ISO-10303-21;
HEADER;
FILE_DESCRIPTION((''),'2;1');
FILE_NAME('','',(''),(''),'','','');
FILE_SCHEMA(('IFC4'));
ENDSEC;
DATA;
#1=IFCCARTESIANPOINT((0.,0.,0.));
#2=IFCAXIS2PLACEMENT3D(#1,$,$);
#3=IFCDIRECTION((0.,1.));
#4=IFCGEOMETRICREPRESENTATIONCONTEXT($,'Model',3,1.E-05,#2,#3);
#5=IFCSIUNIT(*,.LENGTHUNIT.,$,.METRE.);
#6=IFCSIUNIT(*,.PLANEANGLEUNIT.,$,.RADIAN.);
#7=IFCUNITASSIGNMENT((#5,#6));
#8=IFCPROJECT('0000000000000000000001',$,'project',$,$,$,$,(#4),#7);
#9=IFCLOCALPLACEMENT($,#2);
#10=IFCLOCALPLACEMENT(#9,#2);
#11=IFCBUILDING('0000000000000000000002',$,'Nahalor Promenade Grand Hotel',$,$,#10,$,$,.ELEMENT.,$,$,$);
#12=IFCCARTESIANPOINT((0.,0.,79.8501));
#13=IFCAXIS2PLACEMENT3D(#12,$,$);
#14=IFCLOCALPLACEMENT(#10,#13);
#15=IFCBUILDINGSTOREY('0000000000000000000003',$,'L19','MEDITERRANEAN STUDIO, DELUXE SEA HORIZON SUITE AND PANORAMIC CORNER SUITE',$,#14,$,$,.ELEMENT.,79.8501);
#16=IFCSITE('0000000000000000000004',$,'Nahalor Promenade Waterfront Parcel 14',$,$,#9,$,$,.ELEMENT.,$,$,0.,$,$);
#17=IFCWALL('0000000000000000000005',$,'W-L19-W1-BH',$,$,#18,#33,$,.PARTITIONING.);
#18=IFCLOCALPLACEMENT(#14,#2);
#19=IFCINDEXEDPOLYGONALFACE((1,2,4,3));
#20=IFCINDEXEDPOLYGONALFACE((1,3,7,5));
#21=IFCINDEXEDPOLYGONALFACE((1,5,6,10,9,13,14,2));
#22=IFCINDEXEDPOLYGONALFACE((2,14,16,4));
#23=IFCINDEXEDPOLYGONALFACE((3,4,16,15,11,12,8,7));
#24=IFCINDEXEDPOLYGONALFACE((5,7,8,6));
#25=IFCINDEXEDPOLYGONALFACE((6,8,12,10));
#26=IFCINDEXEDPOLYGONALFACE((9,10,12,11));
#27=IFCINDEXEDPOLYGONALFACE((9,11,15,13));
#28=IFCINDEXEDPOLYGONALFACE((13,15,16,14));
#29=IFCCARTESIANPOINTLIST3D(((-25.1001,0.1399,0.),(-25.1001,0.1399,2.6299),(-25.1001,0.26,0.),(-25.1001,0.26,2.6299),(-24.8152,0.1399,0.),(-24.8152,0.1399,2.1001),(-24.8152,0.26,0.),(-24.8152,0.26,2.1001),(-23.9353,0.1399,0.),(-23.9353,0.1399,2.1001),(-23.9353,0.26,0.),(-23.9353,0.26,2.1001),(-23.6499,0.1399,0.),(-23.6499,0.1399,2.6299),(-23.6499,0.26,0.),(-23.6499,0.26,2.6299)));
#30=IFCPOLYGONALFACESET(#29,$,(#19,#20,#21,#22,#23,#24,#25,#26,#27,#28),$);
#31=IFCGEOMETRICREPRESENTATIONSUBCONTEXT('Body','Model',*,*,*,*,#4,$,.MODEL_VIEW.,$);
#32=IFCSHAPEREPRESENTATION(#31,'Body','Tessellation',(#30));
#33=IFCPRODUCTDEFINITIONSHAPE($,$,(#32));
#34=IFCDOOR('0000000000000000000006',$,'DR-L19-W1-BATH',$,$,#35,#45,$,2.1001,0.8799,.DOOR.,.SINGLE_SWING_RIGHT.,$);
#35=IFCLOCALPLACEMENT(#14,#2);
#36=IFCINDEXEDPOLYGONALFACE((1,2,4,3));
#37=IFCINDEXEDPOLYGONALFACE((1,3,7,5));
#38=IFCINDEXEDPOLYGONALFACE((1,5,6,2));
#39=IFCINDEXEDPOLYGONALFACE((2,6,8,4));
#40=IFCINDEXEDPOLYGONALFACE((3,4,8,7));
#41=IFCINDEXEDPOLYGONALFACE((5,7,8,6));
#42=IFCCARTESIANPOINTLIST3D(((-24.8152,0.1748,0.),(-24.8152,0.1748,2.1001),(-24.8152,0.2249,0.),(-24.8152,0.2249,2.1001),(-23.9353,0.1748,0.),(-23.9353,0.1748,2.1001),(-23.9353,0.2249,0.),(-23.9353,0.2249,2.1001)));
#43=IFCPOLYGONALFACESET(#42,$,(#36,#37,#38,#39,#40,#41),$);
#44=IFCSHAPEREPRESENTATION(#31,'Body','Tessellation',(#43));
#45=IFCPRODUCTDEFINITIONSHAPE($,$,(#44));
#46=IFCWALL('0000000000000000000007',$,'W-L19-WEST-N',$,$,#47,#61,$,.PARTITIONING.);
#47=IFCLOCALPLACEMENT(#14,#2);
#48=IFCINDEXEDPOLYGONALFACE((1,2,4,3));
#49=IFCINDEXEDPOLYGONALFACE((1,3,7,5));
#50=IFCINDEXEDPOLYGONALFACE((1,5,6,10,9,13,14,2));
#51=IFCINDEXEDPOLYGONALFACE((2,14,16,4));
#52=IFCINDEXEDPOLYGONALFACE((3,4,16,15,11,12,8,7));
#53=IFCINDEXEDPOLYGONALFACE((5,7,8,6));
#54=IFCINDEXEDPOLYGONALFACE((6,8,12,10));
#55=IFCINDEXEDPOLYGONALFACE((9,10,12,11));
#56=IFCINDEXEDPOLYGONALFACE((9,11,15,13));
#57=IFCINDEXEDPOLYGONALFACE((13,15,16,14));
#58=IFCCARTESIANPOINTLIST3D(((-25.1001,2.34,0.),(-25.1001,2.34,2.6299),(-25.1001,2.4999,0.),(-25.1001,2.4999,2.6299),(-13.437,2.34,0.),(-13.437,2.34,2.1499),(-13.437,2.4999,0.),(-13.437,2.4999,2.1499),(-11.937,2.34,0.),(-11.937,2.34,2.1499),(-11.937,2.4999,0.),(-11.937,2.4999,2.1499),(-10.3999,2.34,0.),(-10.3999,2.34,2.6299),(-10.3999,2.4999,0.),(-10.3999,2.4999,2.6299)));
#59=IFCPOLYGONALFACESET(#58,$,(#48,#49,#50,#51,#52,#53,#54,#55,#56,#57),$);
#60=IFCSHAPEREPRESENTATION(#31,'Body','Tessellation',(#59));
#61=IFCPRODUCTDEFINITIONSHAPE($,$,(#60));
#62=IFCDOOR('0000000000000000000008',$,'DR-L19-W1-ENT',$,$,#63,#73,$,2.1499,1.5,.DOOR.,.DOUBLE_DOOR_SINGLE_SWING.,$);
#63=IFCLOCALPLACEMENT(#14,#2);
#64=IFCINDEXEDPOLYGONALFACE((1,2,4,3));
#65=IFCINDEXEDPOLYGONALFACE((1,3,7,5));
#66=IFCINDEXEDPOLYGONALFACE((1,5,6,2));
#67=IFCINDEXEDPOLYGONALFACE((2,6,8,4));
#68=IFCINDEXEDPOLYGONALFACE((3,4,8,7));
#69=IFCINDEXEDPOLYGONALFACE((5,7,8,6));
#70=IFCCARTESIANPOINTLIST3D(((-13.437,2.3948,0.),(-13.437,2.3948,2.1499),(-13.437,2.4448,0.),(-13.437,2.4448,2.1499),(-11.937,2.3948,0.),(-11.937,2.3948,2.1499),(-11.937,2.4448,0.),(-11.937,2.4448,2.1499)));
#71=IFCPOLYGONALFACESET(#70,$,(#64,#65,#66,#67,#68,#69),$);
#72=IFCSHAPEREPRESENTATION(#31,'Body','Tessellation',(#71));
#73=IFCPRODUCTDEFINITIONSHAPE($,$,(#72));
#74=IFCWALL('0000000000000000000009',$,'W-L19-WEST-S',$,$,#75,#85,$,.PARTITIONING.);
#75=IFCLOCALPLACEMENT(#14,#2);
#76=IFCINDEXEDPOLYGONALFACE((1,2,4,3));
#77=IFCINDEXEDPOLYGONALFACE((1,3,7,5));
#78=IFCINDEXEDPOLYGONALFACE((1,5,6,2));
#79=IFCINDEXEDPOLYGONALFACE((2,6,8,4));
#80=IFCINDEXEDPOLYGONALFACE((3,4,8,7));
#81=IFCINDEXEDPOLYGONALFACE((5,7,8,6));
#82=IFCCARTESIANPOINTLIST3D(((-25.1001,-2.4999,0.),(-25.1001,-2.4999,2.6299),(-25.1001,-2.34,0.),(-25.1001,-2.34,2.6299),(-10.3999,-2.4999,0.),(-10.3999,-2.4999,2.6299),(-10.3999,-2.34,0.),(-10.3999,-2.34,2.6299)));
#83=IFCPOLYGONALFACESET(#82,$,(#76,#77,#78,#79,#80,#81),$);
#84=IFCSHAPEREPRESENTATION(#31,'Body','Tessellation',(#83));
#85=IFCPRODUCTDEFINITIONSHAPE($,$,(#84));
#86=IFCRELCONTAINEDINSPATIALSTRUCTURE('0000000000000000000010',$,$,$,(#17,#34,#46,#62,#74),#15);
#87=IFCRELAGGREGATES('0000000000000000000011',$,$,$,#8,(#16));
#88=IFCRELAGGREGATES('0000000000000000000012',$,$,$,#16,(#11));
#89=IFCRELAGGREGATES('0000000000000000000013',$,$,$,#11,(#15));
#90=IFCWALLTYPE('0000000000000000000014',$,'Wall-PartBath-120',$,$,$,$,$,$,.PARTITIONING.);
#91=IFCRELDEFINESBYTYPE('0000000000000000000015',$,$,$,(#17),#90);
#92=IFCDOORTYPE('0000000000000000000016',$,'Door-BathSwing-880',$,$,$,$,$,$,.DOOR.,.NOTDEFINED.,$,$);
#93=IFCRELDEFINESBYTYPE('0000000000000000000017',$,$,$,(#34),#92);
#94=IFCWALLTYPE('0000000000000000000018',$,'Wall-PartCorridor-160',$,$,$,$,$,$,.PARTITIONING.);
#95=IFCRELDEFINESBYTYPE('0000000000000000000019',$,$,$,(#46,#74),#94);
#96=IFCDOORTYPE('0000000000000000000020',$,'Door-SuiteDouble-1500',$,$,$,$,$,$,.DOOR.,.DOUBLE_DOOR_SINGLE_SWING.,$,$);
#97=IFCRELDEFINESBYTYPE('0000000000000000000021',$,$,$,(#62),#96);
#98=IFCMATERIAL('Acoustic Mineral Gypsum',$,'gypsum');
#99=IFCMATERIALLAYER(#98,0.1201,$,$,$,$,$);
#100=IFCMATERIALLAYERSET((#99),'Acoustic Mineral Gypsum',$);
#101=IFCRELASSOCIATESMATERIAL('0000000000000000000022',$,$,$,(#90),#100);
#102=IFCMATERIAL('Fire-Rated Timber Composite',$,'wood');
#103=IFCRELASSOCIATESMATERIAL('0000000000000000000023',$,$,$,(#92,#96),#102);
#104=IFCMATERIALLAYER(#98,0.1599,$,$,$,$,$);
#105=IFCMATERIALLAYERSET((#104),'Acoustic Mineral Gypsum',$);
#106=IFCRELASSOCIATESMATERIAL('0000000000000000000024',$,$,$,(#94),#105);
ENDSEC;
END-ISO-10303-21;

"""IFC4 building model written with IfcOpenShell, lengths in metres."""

from ifc_helpers import new_model, si_unit, direction, frame, frame_2d, origin, place, context, subcontext, project, spatial, rectangle, extrude, source, transform, mapped, material, layer, layer_set, type_object, element, fill, save


model = new_model("IFC4")

# Units and contexts
model_context = context("Model", 3, precision=1e-05, world=origin(), true_north=direction((0.0, 1.0)))
body_context = subcontext(model_context, "Body", "Model", "MODEL_VIEW")
ifc_project = project(units=[si_unit("LENGTHUNIT", "METRE"), si_unit("PLANEANGLEUNIT", "RADIAN")], contexts=[model_context])

# Site, building, storey
site_placement = place(None, origin())
site = spatial("IfcSite", under=ifc_project, at=site_placement, Name="Nahalor Promenade Waterfront Parcel 14", CompositionType="ELEMENT", RefElevation=0.0)
building_placement = place(site_placement, origin())
building = spatial("IfcBuilding", under=site, at=building_placement, Name="Nahalor Promenade Grand Hotel", CompositionType="ELEMENT")
storey_placement = place(building_placement, frame((0.0, 0.0, 79.8501)))
storey = spatial("IfcBuildingStorey", under=building, at=storey_placement, Name="L19", Description="MEDITERRANEAN STUDIO, DELUXE SEA HORIZON SUITE AND PANORAMIC CORNER SUITE", CompositionType="ELEMENT", Elevation=79.8501)

# Walls, openings, doors
ifc_material_1 = material(Name="Acoustic Mineral Gypsum", Category="gypsum")
ifc_layer_1 = layer(ifc_material_1, 0.1201)
ifc_layer_set_1 = layer_set([ifc_layer_1], Name="Acoustic Mineral Gypsum")
wall_type_1 = type_object("IfcWallType", Name="Wall-PartBath-120", PredefinedType="PARTITIONING", material=ifc_layer_set_1)
shared_shape_1 = source(origin(), body_context, "Body", "SweptSolid", [
    extrude(rectangle(XDim=1.4502, YDim=0.1201, at=frame_2d((0.7251, 0.0))), origin(), (0.0, 0.0, 1.0), 2.6299),
])
wall_1_placement = place(storey_placement, frame((-25.1001, 0.2, 0.0), z_axis=(0.0, 0.0, 1.0), x_axis=(1.0, 0.0, 0.0)))
wall_1 = element("IfcWall", 1, at=wall_1_placement, inside=storey, type_object=wall_type_1, Name="W-L19-W1-BH", PredefinedType="PARTITIONING", context=body_context, shape_type="MappedRepresentation", body=[
    mapped(shared_shape_1, transform((0.0, 0.0, 0.0), scale=1.0)),
])
opening_1_placement = place(wall_1_placement, frame((0.2849, 0.0, 0.0)))
opening_1 = element("IfcOpeningElement", 2, at=opening_1_placement, cuts=wall_1, PredefinedType="OPENING", context=body_context, shape_type="SweptSolid", body=[
    extrude(rectangle(XDim=0.8799, YDim=2.1001, at=frame_2d((0.4399, 1.05))), frame((0.0, 0.0701, 0.0), z_axis=(0.0, -1.0, 0.0), x_axis=(1.0, 0.0, 0.0)), (0.0, 0.0, 1.0), 0.1401),
])
ifc_material_2 = material(Name="Fire-Rated Timber Composite", Category="wood")
door_type_1 = type_object("IfcDoorType", Name="Door-BathSwing-880", OperationType="NOTDEFINED", PredefinedType="DOOR", material=ifc_material_2)
shared_shape_2 = source(origin(), body_context, "Body", "SweptSolid", [
    extrude(rectangle(XDim=0.8799, YDim=2.1001, at=frame_2d((0.4399, 1.05))), frame((0.0, 0.0249, 0.0), z_axis=(0.0, -1.0, 0.0), x_axis=(1.0, 0.0, 0.0)), (0.0, 0.0, 1.0), 0.05),
])
door_1_placement = place(opening_1_placement, origin())
door_1 = element("IfcDoor", 3, at=door_1_placement, inside=storey, type_object=door_type_1, Name="DR-L19-W1-BATH", OperationType="SINGLE_SWING_RIGHT", OverallHeight=2.1001, OverallWidth=0.8799, PredefinedType="DOOR", context=body_context, shape_type="MappedRepresentation", body=[
    mapped(shared_shape_2, transform((0.0, 0.0, 0.0), scale=1.0)),
])
fill(opening_1, door_1)
ifc_layer_2 = layer(ifc_material_1, 0.1599)
ifc_layer_set_2 = layer_set([ifc_layer_2], Name="Acoustic Mineral Gypsum")
wall_type_2 = type_object("IfcWallType", Name="Wall-PartCorridor-160", PredefinedType="PARTITIONING", material=ifc_layer_set_2)
shared_shape_3 = source(origin(), body_context, "Body", "SweptSolid", [
    extrude(rectangle(XDim=14.7002, YDim=0.1599, at=frame_2d((7.3501, 0.0))), origin(), (0.0, 0.0, 1.0), 2.6299),
])
wall_2_placement = place(storey_placement, frame((-25.1001, 2.4199, 0.0), z_axis=(0.0, 0.0, 1.0), x_axis=(1.0, 0.0, 0.0)))
wall_2 = element("IfcWall", 4, at=wall_2_placement, inside=storey, type_object=wall_type_2, Name="W-L19-WEST-N", PredefinedType="PARTITIONING", context=body_context, shape_type="MappedRepresentation", body=[
    mapped(shared_shape_3, transform((0.0, 0.0, 0.0), scale=1.0)),
])
opening_2_placement = place(wall_2_placement, frame((11.6631, 0.0, 0.0)))
opening_2 = element("IfcOpeningElement", 5, at=opening_2_placement, cuts=wall_2, PredefinedType="OPENING", context=body_context, shape_type="SweptSolid", body=[
    extrude(rectangle(XDim=1.5, YDim=2.1499, at=frame_2d((0.75, 1.075))), frame((0.0, 0.0898, 0.0), z_axis=(0.0, -1.0, 0.0), x_axis=(1.0, 0.0, 0.0)), (0.0, 0.0, 1.0), 0.1799),
])
door_type_2 = type_object("IfcDoorType", Name="Door-SuiteDouble-1500", OperationType="DOUBLE_DOOR_SINGLE_SWING", PredefinedType="DOOR", material=ifc_material_2)
shared_shape_4 = source(origin(), body_context, "Body", "SweptSolid", [
    extrude(rectangle(XDim=1.5, YDim=2.1499, at=frame_2d((0.75, 1.075))), frame((0.0, 0.0249, 0.0), z_axis=(0.0, -1.0, 0.0), x_axis=(1.0, 0.0, 0.0)), (0.0, 0.0, 1.0), 0.05),
])
door_2_placement = place(opening_2_placement, origin())
door_2 = element("IfcDoor", 6, at=door_2_placement, inside=storey, type_object=door_type_2, Name="DR-L19-W1-ENT", OperationType="DOUBLE_DOOR_SINGLE_SWING", OverallHeight=2.1499, OverallWidth=1.5, PredefinedType="DOOR", context=body_context, shape_type="MappedRepresentation", body=[
    mapped(shared_shape_4, transform((0.0, 0.0, 0.0), scale=1.0)),
])
fill(opening_2, door_2)

# Wall
wall_3_placement = place(storey_placement, frame((-25.1001, -2.4199, 0.0), z_axis=(0.0, 0.0, 1.0), x_axis=(1.0, 0.0, 0.0)))
element("IfcWall", 7, at=wall_3_placement, inside=storey, type_object=wall_type_2, Name="W-L19-WEST-S", PredefinedType="PARTITIONING", context=body_context, shape_type="MappedRepresentation", body=[
    mapped(shared_shape_3, transform((0.0, 0.0, 0.0), scale=1.0)),
])

save(model, "model.ifc")
